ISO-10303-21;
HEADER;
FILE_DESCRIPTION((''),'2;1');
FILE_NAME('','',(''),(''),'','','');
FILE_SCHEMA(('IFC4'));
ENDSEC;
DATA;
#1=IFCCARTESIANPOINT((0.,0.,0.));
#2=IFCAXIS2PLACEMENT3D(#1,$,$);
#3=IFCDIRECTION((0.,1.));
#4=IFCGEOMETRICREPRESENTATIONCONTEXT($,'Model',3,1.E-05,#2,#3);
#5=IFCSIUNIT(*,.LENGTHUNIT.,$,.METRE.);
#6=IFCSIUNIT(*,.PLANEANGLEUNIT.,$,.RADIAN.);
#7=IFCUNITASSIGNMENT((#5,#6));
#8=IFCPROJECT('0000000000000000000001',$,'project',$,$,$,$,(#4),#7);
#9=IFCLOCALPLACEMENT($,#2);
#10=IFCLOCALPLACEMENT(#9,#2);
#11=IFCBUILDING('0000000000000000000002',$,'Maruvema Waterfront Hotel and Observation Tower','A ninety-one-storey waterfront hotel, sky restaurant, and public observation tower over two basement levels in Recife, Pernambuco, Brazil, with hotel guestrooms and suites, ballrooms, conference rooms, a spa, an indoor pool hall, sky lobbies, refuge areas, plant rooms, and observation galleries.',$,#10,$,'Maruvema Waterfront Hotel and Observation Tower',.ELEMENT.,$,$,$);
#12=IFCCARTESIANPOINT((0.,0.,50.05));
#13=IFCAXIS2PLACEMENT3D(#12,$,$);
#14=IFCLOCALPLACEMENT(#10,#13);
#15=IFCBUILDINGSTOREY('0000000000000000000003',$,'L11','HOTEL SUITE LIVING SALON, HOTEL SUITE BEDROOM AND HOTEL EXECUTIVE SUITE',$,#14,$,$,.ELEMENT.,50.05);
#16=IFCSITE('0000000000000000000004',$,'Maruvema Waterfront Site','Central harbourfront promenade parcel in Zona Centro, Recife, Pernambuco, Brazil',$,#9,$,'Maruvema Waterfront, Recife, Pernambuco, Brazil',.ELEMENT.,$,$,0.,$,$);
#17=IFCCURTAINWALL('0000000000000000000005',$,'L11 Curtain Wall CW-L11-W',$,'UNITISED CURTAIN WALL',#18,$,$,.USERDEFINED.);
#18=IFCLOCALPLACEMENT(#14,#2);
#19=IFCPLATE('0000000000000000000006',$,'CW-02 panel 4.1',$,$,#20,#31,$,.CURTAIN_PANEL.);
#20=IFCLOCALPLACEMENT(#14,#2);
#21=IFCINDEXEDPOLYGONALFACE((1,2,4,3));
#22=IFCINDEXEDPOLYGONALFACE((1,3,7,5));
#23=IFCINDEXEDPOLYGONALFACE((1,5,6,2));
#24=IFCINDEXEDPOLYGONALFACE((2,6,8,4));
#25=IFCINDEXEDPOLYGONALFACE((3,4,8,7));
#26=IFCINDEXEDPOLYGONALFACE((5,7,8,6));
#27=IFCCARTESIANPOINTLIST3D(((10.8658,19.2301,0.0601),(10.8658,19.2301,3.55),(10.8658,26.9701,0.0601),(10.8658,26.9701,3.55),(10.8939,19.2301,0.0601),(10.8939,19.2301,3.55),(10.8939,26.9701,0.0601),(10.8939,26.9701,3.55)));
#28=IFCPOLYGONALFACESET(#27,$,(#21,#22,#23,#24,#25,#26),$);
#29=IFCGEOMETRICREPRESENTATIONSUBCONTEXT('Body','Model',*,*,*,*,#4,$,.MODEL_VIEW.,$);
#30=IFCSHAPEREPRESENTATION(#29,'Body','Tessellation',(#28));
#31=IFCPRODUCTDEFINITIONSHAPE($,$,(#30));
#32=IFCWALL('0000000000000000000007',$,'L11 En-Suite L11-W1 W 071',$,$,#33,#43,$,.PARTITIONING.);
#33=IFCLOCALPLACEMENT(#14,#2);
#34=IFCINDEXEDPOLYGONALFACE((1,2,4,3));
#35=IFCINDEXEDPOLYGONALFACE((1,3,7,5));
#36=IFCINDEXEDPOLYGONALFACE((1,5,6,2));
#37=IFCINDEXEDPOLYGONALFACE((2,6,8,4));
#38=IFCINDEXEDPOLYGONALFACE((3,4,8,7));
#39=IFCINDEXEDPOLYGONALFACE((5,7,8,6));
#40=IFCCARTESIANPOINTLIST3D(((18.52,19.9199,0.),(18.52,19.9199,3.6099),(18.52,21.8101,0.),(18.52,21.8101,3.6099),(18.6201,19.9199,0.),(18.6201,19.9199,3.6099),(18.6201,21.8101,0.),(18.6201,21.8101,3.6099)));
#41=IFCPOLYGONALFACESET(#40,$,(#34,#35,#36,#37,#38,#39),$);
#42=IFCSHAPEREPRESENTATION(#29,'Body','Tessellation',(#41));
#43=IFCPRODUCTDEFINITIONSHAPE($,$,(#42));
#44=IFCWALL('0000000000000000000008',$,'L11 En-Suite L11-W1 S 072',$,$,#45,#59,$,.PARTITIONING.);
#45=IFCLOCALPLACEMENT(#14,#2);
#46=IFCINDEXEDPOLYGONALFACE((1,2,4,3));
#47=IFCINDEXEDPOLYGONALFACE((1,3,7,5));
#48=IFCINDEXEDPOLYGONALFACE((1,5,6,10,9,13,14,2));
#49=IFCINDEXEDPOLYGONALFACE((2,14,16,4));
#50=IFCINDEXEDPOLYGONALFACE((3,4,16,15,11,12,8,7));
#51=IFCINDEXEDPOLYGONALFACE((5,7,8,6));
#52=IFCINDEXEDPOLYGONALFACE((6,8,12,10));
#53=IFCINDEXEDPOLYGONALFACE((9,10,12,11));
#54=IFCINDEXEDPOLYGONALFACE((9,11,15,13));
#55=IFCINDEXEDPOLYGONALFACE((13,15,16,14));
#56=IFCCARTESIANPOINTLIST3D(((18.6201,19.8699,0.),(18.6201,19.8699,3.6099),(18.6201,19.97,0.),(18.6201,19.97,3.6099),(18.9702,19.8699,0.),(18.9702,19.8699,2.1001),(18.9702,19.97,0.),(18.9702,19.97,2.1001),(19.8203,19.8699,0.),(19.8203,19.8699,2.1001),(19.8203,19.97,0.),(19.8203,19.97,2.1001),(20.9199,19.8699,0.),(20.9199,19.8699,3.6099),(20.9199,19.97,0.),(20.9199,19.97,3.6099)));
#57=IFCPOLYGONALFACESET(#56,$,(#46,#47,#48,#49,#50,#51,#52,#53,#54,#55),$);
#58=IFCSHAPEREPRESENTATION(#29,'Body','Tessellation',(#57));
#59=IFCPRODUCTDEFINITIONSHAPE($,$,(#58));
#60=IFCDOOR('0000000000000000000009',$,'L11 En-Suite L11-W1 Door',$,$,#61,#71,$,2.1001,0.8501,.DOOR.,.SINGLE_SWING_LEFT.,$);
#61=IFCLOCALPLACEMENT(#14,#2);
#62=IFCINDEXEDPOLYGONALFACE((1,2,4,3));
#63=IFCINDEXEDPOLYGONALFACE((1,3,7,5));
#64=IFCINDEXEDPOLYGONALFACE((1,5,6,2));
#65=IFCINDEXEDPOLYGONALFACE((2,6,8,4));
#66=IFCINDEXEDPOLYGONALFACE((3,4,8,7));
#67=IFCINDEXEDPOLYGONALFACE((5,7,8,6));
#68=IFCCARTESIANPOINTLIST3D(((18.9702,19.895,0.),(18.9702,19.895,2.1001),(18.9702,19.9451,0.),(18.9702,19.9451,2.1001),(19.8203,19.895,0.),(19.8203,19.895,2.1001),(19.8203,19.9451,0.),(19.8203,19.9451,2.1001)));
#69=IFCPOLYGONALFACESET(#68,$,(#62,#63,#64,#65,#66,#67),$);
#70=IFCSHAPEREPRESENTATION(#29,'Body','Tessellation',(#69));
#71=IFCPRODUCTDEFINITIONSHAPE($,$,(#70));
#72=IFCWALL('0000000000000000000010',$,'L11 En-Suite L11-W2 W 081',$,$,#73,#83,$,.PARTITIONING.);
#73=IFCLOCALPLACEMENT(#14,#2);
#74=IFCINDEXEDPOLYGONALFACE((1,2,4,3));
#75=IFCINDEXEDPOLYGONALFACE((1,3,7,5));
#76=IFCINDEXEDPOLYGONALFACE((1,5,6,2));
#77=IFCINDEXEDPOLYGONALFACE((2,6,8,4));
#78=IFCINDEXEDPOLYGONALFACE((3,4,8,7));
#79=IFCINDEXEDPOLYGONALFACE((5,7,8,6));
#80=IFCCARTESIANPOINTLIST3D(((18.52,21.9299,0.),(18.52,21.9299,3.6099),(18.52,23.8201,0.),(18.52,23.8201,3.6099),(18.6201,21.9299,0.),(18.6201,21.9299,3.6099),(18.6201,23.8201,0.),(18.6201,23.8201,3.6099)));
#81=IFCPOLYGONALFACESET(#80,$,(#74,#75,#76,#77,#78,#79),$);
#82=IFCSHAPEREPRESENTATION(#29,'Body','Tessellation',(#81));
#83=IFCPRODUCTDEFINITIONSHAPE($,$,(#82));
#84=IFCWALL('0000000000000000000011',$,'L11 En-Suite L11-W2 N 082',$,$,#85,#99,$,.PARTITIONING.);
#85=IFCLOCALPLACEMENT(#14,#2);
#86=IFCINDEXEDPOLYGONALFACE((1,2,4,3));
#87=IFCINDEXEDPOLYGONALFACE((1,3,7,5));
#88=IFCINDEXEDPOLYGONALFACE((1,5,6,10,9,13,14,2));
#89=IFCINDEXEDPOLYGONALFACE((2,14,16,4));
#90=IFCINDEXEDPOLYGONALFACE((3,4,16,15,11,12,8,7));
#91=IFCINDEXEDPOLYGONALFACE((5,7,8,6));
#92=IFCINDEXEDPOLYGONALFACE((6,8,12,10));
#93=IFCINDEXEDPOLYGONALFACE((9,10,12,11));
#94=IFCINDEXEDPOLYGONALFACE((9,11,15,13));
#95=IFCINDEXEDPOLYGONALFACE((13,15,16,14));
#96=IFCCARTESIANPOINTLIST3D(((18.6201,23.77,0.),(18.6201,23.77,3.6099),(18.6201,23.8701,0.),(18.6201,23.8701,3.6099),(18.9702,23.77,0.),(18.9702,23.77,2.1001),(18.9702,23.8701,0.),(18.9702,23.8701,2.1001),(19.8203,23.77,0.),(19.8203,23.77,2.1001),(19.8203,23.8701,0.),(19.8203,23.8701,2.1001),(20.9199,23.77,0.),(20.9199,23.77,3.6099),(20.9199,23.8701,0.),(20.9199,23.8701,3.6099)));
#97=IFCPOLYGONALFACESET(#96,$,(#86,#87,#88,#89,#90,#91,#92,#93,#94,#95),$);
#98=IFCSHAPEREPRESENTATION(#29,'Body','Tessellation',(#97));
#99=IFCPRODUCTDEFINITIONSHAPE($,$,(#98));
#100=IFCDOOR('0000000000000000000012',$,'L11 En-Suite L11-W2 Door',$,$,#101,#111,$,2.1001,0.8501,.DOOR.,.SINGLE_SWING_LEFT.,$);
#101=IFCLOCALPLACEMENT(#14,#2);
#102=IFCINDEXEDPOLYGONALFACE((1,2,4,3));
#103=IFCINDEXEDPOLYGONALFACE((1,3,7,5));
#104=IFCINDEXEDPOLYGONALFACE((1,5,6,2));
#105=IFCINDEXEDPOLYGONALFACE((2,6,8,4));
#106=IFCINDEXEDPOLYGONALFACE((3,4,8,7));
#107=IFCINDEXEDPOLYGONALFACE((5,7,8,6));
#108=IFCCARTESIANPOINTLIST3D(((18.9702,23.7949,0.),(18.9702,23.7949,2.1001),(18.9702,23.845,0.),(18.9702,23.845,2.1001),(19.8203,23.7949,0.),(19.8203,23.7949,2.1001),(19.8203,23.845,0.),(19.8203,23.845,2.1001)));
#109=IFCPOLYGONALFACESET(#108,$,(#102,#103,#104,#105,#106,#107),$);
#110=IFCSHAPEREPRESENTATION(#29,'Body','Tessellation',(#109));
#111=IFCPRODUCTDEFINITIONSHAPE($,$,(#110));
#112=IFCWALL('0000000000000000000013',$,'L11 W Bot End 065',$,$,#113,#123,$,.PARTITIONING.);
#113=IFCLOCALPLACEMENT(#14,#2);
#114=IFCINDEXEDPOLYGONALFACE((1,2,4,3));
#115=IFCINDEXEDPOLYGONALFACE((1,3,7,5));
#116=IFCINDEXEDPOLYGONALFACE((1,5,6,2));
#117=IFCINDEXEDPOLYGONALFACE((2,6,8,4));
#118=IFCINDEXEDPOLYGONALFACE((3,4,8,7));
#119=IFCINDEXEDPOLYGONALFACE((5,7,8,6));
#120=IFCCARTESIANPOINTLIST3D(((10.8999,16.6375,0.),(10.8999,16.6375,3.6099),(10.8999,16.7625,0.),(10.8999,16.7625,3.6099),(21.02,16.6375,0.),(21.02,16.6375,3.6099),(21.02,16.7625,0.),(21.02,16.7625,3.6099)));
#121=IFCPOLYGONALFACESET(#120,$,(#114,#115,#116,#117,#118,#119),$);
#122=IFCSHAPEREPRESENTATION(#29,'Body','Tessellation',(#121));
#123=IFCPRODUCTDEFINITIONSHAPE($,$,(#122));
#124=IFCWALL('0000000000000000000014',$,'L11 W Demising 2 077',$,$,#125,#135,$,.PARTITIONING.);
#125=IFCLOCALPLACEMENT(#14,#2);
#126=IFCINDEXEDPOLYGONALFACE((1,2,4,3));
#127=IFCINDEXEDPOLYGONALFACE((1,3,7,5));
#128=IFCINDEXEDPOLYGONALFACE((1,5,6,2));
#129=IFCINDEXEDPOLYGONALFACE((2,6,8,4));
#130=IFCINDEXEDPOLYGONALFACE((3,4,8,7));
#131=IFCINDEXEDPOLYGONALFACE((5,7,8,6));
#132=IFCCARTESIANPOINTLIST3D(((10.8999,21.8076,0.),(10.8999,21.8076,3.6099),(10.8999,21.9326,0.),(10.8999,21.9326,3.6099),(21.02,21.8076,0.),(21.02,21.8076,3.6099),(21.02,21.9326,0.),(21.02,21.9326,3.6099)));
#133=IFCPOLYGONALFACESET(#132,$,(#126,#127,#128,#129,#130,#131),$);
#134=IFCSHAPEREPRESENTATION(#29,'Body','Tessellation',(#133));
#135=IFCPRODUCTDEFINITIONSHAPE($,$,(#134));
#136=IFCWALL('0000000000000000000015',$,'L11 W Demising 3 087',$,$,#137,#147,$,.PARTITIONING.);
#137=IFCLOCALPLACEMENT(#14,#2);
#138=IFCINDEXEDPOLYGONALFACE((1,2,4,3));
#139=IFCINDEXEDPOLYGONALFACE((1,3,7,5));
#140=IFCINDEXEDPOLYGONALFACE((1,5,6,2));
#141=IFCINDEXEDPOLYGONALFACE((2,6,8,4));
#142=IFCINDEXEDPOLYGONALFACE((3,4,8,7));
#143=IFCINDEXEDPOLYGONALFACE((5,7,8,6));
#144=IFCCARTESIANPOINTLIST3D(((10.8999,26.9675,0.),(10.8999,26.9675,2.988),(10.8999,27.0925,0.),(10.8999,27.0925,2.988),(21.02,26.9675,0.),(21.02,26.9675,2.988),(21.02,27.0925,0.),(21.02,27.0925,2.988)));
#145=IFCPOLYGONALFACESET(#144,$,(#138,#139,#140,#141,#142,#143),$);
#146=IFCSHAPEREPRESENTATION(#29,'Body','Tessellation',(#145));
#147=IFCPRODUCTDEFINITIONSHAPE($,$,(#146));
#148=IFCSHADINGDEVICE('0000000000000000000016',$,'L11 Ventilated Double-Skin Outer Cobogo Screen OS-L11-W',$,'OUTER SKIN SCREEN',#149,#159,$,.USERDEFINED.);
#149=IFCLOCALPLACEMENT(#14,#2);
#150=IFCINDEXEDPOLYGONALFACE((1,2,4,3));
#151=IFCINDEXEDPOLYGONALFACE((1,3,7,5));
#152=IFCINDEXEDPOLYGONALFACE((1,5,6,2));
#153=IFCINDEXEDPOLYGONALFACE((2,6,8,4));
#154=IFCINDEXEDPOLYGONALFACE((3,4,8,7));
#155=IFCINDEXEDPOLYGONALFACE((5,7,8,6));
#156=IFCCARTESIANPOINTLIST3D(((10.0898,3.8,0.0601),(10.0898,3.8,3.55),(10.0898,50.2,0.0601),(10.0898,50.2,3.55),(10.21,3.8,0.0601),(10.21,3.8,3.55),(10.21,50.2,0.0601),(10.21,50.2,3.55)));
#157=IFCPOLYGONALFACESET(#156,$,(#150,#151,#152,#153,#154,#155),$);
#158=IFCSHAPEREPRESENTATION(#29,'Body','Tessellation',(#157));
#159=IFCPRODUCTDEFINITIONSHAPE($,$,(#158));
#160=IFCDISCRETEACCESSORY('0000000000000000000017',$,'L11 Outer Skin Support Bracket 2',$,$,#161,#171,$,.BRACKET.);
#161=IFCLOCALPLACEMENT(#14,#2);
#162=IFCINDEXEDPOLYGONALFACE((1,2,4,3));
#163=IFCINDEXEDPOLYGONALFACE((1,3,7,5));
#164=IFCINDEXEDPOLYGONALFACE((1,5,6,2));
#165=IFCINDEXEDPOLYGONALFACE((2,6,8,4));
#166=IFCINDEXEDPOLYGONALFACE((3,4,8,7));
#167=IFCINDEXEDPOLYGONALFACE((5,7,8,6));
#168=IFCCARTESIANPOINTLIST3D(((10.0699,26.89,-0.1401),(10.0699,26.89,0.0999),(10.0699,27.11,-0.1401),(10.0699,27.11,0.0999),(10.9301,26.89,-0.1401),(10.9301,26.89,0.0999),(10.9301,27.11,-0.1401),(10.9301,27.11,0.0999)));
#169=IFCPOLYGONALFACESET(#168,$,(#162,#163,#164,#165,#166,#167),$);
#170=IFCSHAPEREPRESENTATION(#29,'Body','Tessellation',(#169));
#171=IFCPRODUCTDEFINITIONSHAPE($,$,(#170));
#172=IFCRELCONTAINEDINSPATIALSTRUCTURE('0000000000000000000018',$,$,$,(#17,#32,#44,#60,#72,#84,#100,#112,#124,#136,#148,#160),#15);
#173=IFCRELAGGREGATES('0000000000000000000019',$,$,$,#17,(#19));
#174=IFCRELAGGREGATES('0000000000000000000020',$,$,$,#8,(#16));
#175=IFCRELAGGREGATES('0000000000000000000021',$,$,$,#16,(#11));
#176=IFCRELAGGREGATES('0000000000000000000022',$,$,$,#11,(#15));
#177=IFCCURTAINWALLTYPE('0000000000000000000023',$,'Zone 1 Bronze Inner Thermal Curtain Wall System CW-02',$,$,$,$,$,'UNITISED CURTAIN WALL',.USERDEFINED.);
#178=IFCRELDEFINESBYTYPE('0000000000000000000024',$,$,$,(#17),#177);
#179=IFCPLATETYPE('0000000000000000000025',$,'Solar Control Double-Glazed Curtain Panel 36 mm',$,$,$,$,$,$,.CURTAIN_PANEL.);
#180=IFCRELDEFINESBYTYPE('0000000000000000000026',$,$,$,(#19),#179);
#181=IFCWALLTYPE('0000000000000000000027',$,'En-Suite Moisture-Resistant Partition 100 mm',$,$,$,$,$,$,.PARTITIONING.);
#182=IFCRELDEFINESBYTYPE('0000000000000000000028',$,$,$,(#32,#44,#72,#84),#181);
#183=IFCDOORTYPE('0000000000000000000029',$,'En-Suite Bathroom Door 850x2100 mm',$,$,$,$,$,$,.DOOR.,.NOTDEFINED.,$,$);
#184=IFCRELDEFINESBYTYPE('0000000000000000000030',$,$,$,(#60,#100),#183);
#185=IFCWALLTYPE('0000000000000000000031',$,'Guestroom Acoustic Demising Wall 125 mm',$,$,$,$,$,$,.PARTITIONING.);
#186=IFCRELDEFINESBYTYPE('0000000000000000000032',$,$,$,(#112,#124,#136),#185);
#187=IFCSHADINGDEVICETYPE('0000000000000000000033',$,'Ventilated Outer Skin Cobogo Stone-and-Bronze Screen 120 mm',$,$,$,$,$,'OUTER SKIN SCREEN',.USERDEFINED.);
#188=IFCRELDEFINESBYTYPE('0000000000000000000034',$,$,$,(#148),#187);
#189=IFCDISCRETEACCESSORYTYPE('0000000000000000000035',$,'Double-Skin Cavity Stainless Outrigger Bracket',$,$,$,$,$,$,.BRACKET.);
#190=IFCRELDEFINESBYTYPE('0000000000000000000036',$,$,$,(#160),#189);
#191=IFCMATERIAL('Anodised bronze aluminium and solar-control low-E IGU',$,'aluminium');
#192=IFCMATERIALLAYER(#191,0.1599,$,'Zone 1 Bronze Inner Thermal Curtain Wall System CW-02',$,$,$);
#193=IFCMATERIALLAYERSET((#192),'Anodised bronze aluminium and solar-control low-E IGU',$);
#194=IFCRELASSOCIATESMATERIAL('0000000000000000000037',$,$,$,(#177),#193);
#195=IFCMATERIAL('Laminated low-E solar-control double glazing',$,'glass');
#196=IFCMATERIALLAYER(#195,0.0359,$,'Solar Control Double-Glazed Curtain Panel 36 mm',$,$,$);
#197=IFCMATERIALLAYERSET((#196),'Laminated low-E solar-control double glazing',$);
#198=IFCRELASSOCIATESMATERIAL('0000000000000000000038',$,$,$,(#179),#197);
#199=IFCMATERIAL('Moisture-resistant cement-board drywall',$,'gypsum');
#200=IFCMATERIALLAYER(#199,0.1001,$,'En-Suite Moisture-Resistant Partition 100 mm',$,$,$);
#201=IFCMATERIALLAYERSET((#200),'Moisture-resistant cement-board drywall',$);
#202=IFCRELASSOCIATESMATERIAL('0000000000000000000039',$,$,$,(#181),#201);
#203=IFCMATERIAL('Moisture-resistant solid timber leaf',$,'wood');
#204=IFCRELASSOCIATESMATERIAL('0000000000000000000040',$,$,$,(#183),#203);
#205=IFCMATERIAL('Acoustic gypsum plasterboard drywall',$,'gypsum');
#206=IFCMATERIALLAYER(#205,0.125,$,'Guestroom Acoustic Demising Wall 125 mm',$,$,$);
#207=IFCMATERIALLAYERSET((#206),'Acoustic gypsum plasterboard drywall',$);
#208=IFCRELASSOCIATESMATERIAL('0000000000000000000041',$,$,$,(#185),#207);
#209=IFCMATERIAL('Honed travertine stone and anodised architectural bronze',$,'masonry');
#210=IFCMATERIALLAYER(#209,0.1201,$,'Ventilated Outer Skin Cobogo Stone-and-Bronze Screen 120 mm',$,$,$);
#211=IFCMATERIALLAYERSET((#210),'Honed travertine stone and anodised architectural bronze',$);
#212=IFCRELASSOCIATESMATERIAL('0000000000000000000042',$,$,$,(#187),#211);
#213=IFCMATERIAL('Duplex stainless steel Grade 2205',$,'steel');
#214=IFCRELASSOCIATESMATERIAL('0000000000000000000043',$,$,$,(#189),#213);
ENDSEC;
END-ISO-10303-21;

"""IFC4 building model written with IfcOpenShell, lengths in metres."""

from ifc_helpers import new_model, si_unit, direction, frame, frame_2d, origin, origin_2d, place, context, subcontext, project, spatial, rectangle, extrude, material, layer, layer_set, type_object, element, fill, aggregate, save


model = new_model("IFC4")

# Units and contexts
model_context = context("Model", 3, precision=1e-05, world=origin(), true_north=direction((0.0, 1.0)))
body_context = subcontext(model_context, "Body", "Model", "MODEL_VIEW")
ifc_project = project(units=[si_unit("LENGTHUNIT", "METRE"), si_unit("PLANEANGLEUNIT", "RADIAN")], contexts=[model_context])

# Site, building, storey
site_placement = place(None, origin())
site = spatial("IfcSite", under=ifc_project, at=site_placement, Name="Maruvema Waterfront Site", Description="Central harbourfront promenade parcel in Zona Centro, Recife, Pernambuco, Brazil", LongName="Maruvema Waterfront, Recife, Pernambuco, Brazil", CompositionType="ELEMENT", RefElevation=0.0)
building_placement = place(site_placement, origin())
building = spatial("IfcBuilding", under=site, at=building_placement, Name="Maruvema Waterfront Hotel and Observation Tower", Description="A ninety-one-storey waterfront hotel, sky restaurant, and public observation tower over two basement levels in Recife, Pernambuco, Brazil, with hotel guestrooms and suites, ballrooms, conference rooms, a spa, an indoor pool hall, sky lobbies, refuge areas, plant rooms, and observation galleries.", LongName="Maruvema Waterfront Hotel and Observation Tower", CompositionType="ELEMENT")
storey_placement = place(building_placement, frame((0.0, 0.0, 50.05)))
storey = spatial("IfcBuildingStorey", under=building, at=storey_placement, Name="L11", Description="HOTEL SUITE LIVING SALON, HOTEL SUITE BEDROOM AND HOTEL EXECUTIVE SUITE", CompositionType="ELEMENT", Elevation=50.05)

# Curtain wall
ifc_material_1 = material(Name="Anodised bronze aluminium and solar-control low-E IGU", Category="aluminium")
ifc_layer_1 = layer(ifc_material_1, 0.1599, Name="Zone 1 Bronze Inner Thermal Curtain Wall System CW-02")
ifc_layer_set_1 = layer_set([ifc_layer_1], Name="Anodised bronze aluminium and solar-control low-E IGU")
curtain_wall_type = type_object("IfcCurtainWallType", Name="Zone 1 Bronze Inner Thermal Curtain Wall System CW-02", ElementType="UNITISED CURTAIN WALL", PredefinedType="USERDEFINED", material=ifc_layer_set_1)
curtain_wall_placement = place(storey_placement, origin())
curtain_wall = element("IfcCurtainWall", 1, at=curtain_wall_placement, inside=storey, type_object=curtain_wall_type, Name="L11 Curtain Wall CW-L11-W", ObjectType="UNITISED CURTAIN WALL", PredefinedType="USERDEFINED")

# Plate
ifc_material_2 = material(Name="Laminated low-E solar-control double glazing", Category="glass")
ifc_layer_2 = layer(ifc_material_2, 0.0359, Name="Solar Control Double-Glazed Curtain Panel 36 mm")
ifc_layer_set_2 = layer_set([ifc_layer_2], Name="Laminated low-E solar-control double glazing")
plate_type = type_object("IfcPlateType", Name="Solar Control Double-Glazed Curtain Panel 36 mm", PredefinedType="CURTAIN_PANEL", material=ifc_layer_set_2)
plate_placement = place(storey_placement, frame((10.8799, 23.1001, 0.0601), z_axis=(0.0, 0.0, 1.0), x_axis=(0.0, -1.0, 0.0)))
plate = element("IfcPlate", 2, at=plate_placement, type_object=plate_type, Name="CW-02 panel 4.1", PredefinedType="CURTAIN_PANEL", context=body_context, shape_type="SweptSolid", body=[
    extrude(rectangle(XDim=7.74, YDim=0.0281, at=origin_2d()), origin(), (0.0, 0.0, 1.0), 3.49),
])
aggregate(curtain_wall, [plate])

# Wall
ifc_material_3 = material(Name="Moisture-resistant cement-board drywall", Category="gypsum")
ifc_layer_3 = layer(ifc_material_3, 0.1001, Name="En-Suite Moisture-Resistant Partition 100 mm")
ifc_layer_set_3 = layer_set([ifc_layer_3], Name="Moisture-resistant cement-board drywall")
wall_type_1 = type_object("IfcWallType", Name="En-Suite Moisture-Resistant Partition 100 mm", PredefinedType="PARTITIONING", material=ifc_layer_set_3)
wall_1_placement = place(storey_placement, frame((18.5701, 19.9199, 0.0), z_axis=(0.0, 0.0, 1.0), x_axis=(0.0, 1.0, 0.0)))
element("IfcWall", 3, at=wall_1_placement, inside=storey, type_object=wall_type_1, Name="L11 En-Suite L11-W1 W 071", PredefinedType="PARTITIONING", context=body_context, shape_type="SweptSolid", body=[
    extrude(rectangle(XDim=1.8901, YDim=0.1001, at=frame_2d((0.9451, 0.0))), origin(), (0.0, 0.0, 1.0), 3.6099),
])

# Wall, opening, door
wall_2_placement = place(storey_placement, frame((18.6201, 19.9199, 0.0), z_axis=(0.0, 0.0, 1.0), x_axis=(1.0, 0.0, 0.0)))
wall_2 = element("IfcWall", 4, at=wall_2_placement, inside=storey, type_object=wall_type_1, Name="L11 En-Suite L11-W1 S 072", PredefinedType="PARTITIONING", context=body_context, shape_type="SweptSolid", body=[
    extrude(rectangle(XDim=2.2998, YDim=0.1001, at=frame_2d((1.1499, 0.0))), origin(), (0.0, 0.0, 1.0), 3.6099),
])
opening_1_placement = place(wall_2_placement, frame((0.3501, 0.0, 0.0)))
opening_1 = element("IfcOpeningElement", 5, at=opening_1_placement, cuts=wall_2, PredefinedType="OPENING", context=body_context, shape_type="SweptSolid", body=[
    extrude(rectangle(XDim=0.8501, YDim=2.1001, at=frame_2d((0.425, 1.05))), frame((0.0, 0.0601, 0.0), z_axis=(0.0, -1.0, 0.0), x_axis=(1.0, 0.0, 0.0)), (0.0, 0.0, 1.0), 0.1201),
])
ifc_material_4 = material(Name="Moisture-resistant solid timber leaf", Category="wood")
door_type_1 = type_object("IfcDoorType", Name="En-Suite Bathroom Door 850x2100 mm", OperationType="NOTDEFINED", PredefinedType="DOOR", material=ifc_material_4)
door_1_placement = place(opening_1_placement, frame((0.8501, 0.0, 0.0), z_axis=(0.0, 0.0, 1.0), x_axis=(-1.0, 0.0, 0.0)))
door_1 = element("IfcDoor", 6, at=door_1_placement, inside=storey, type_object=door_type_1, Name="L11 En-Suite L11-W1 Door", OperationType="SINGLE_SWING_LEFT", OverallHeight=2.1001, OverallWidth=0.8501, PredefinedType="DOOR", context=body_context, shape_type="SweptSolid", body=[
    extrude(rectangle(XDim=0.8501, YDim=2.1001, at=frame_2d((0.425, 1.05))), frame((0.0, 0.0249, 0.0), z_axis=(0.0, -1.0, 0.0), x_axis=(1.0, 0.0, 0.0)), (0.0, 0.0, 1.0), 0.05),
])
fill(opening_1, door_1)

# Wall
wall_3_placement = place(storey_placement, frame((18.5701, 21.9299, 0.0), z_axis=(0.0, 0.0, 1.0), x_axis=(0.0, 1.0, 0.0)))
element("IfcWall", 7, at=wall_3_placement, inside=storey, type_object=wall_type_1, Name="L11 En-Suite L11-W2 W 081", PredefinedType="PARTITIONING", context=body_context, shape_type="SweptSolid", body=[
    extrude(rectangle(XDim=1.8901, YDim=0.1001, at=frame_2d((0.9451, 0.0))), origin(), (0.0, 0.0, 1.0), 3.6099),
])

# Wall, opening, door
wall_4_placement = place(storey_placement, frame((18.6201, 23.8201, 0.0), z_axis=(0.0, 0.0, 1.0), x_axis=(1.0, 0.0, 0.0)))
wall_4 = element("IfcWall", 8, at=wall_4_placement, inside=storey, type_object=wall_type_1, Name="L11 En-Suite L11-W2 N 082", PredefinedType="PARTITIONING", context=body_context, shape_type="SweptSolid", body=[
    extrude(rectangle(XDim=2.2998, YDim=0.1001, at=frame_2d((1.1499, 0.0))), origin(), (0.0, 0.0, 1.0), 3.6099),
])
opening_2_placement = place(wall_4_placement, frame((0.3501, 0.0, 0.0)))
opening_2 = element("IfcOpeningElement", 9, at=opening_2_placement, cuts=wall_4, PredefinedType="OPENING", context=body_context, shape_type="SweptSolid", body=[
    extrude(rectangle(XDim=0.8501, YDim=2.1001, at=frame_2d((0.425, 1.05))), frame((0.0, 0.0601, 0.0), z_axis=(0.0, -1.0, 0.0), x_axis=(1.0, 0.0, 0.0)), (0.0, 0.0, 1.0), 0.1201),
])
door_2_placement = place(opening_2_placement, origin())
door_2 = element("IfcDoor", 10, at=door_2_placement, inside=storey, type_object=door_type_1, Name="L11 En-Suite L11-W2 Door", OperationType="SINGLE_SWING_LEFT", OverallHeight=2.1001, OverallWidth=0.8501, PredefinedType="DOOR", context=body_context, shape_type="SweptSolid", body=[
    extrude(rectangle(XDim=0.8501, YDim=2.1001, at=frame_2d((0.425, 1.05))), frame((0.0, 0.0249, 0.0), z_axis=(0.0, -1.0, 0.0), x_axis=(1.0, 0.0, 0.0)), (0.0, 0.0, 1.0), 0.05),
])
fill(opening_2, door_2)

# Walls
ifc_material_5 = material(Name="Acoustic gypsum plasterboard drywall", Category="gypsum")
ifc_layer_4 = layer(ifc_material_5, 0.125, Name="Guestroom Acoustic Demising Wall 125 mm")
ifc_layer_set_4 = layer_set([ifc_layer_4], Name="Acoustic gypsum plasterboard drywall")
wall_type_2 = type_object("IfcWallType", Name="Guestroom Acoustic Demising Wall 125 mm", PredefinedType="PARTITIONING", material=ifc_layer_set_4)
for number, where, z_axis, x_axis, name in (
    (11, (10.8999, 16.7, 0.0), (0.0, 0.0, 1.0), (1.0, 0.0, 0.0), "L11 W Bot End 065"),
    (12, (10.8999, 21.8701, 0.0), (0.0, 0.0, 1.0), (1.0, 0.0, 0.0), "L11 W Demising 2 077"),
):
    element("IfcWall", number, at=place(storey_placement, frame(where, z_axis=z_axis, x_axis=x_axis)), inside=storey, type_object=wall_type_2, Name=name, PredefinedType="PARTITIONING", context=body_context, shape_type="SweptSolid", body=[
        extrude(rectangle(XDim=10.1201, YDim=0.125, at=frame_2d((5.0601, 0.0))), origin(), (0.0, 0.0, 1.0), 3.6099),
    ])
wall_5_placement = place(storey_placement, frame((10.8999, 27.03, 0.0), z_axis=(0.0, 0.0, 1.0), x_axis=(1.0, 0.0, 0.0)))
element("IfcWall", 13, at=wall_5_placement, inside=storey, type_object=wall_type_2, Name="L11 W Demising 3 087", PredefinedType="PARTITIONING", context=body_context, shape_type="SweptSolid", body=[
    extrude(rectangle(XDim=10.1201, YDim=0.125, at=frame_2d((5.0601, 0.0))), origin(), (0.0, 0.0, 1.0), 2.988),
])

# Shading device
ifc_material_6 = material(Name="Honed travertine stone and anodised architectural bronze", Category="masonry")
ifc_layer_5 = layer(ifc_material_6, 0.1201, Name="Ventilated Outer Skin Cobogo Stone-and-Bronze Screen 120 mm")
ifc_layer_set_5 = layer_set([ifc_layer_5], Name="Honed travertine stone and anodised architectural bronze")
shading_device_type = type_object("IfcShadingDeviceType", Name="Ventilated Outer Skin Cobogo Stone-and-Bronze Screen 120 mm", ElementType="OUTER SKIN SCREEN", PredefinedType="USERDEFINED", material=ifc_layer_set_5)
shading_device_placement = place(storey_placement, frame((10.1499, 27.0, 0.0601), z_axis=(0.0, 0.0, 1.0), x_axis=(0.0, -1.0, 0.0)))
element("IfcShadingDevice", 14, at=shading_device_placement, inside=storey, type_object=shading_device_type, Name="L11 Ventilated Double-Skin Outer Cobogo Screen OS-L11-W", ObjectType="OUTER SKIN SCREEN", PredefinedType="USERDEFINED", context=body_context, shape_type="SweptSolid", body=[
    extrude(rectangle(XDim=46.3999, YDim=0.1201, at=origin_2d()), origin(), (0.0, 0.0, 1.0), 3.49),
])

# Discrete accessory
ifc_material_7 = material(Name="Duplex stainless steel Grade 2205", Category="steel")
discrete_accessory_type = type_object("IfcDiscreteAccessoryType", Name="Double-Skin Cavity Stainless Outrigger Bracket", PredefinedType="BRACKET", material=ifc_material_7)
discrete_accessory_placement = place(storey_placement, frame((10.5, 27.0, -0.1401), z_axis=(0.0, 0.0, 1.0), x_axis=(0.0, -1.0, 0.0)))
element("IfcDiscreteAccessory", 15, at=discrete_accessory_placement, inside=storey, type_object=discrete_accessory_type, Name="L11 Outer Skin Support Bracket 2", PredefinedType="BRACKET", context=body_context, shape_type="SweptSolid", body=[
    extrude(rectangle(XDim=0.22, YDim=0.8601, at=origin_2d()), origin(), (0.0, 0.0, 1.0), 0.24),
])

save(model, "model.ifc")
